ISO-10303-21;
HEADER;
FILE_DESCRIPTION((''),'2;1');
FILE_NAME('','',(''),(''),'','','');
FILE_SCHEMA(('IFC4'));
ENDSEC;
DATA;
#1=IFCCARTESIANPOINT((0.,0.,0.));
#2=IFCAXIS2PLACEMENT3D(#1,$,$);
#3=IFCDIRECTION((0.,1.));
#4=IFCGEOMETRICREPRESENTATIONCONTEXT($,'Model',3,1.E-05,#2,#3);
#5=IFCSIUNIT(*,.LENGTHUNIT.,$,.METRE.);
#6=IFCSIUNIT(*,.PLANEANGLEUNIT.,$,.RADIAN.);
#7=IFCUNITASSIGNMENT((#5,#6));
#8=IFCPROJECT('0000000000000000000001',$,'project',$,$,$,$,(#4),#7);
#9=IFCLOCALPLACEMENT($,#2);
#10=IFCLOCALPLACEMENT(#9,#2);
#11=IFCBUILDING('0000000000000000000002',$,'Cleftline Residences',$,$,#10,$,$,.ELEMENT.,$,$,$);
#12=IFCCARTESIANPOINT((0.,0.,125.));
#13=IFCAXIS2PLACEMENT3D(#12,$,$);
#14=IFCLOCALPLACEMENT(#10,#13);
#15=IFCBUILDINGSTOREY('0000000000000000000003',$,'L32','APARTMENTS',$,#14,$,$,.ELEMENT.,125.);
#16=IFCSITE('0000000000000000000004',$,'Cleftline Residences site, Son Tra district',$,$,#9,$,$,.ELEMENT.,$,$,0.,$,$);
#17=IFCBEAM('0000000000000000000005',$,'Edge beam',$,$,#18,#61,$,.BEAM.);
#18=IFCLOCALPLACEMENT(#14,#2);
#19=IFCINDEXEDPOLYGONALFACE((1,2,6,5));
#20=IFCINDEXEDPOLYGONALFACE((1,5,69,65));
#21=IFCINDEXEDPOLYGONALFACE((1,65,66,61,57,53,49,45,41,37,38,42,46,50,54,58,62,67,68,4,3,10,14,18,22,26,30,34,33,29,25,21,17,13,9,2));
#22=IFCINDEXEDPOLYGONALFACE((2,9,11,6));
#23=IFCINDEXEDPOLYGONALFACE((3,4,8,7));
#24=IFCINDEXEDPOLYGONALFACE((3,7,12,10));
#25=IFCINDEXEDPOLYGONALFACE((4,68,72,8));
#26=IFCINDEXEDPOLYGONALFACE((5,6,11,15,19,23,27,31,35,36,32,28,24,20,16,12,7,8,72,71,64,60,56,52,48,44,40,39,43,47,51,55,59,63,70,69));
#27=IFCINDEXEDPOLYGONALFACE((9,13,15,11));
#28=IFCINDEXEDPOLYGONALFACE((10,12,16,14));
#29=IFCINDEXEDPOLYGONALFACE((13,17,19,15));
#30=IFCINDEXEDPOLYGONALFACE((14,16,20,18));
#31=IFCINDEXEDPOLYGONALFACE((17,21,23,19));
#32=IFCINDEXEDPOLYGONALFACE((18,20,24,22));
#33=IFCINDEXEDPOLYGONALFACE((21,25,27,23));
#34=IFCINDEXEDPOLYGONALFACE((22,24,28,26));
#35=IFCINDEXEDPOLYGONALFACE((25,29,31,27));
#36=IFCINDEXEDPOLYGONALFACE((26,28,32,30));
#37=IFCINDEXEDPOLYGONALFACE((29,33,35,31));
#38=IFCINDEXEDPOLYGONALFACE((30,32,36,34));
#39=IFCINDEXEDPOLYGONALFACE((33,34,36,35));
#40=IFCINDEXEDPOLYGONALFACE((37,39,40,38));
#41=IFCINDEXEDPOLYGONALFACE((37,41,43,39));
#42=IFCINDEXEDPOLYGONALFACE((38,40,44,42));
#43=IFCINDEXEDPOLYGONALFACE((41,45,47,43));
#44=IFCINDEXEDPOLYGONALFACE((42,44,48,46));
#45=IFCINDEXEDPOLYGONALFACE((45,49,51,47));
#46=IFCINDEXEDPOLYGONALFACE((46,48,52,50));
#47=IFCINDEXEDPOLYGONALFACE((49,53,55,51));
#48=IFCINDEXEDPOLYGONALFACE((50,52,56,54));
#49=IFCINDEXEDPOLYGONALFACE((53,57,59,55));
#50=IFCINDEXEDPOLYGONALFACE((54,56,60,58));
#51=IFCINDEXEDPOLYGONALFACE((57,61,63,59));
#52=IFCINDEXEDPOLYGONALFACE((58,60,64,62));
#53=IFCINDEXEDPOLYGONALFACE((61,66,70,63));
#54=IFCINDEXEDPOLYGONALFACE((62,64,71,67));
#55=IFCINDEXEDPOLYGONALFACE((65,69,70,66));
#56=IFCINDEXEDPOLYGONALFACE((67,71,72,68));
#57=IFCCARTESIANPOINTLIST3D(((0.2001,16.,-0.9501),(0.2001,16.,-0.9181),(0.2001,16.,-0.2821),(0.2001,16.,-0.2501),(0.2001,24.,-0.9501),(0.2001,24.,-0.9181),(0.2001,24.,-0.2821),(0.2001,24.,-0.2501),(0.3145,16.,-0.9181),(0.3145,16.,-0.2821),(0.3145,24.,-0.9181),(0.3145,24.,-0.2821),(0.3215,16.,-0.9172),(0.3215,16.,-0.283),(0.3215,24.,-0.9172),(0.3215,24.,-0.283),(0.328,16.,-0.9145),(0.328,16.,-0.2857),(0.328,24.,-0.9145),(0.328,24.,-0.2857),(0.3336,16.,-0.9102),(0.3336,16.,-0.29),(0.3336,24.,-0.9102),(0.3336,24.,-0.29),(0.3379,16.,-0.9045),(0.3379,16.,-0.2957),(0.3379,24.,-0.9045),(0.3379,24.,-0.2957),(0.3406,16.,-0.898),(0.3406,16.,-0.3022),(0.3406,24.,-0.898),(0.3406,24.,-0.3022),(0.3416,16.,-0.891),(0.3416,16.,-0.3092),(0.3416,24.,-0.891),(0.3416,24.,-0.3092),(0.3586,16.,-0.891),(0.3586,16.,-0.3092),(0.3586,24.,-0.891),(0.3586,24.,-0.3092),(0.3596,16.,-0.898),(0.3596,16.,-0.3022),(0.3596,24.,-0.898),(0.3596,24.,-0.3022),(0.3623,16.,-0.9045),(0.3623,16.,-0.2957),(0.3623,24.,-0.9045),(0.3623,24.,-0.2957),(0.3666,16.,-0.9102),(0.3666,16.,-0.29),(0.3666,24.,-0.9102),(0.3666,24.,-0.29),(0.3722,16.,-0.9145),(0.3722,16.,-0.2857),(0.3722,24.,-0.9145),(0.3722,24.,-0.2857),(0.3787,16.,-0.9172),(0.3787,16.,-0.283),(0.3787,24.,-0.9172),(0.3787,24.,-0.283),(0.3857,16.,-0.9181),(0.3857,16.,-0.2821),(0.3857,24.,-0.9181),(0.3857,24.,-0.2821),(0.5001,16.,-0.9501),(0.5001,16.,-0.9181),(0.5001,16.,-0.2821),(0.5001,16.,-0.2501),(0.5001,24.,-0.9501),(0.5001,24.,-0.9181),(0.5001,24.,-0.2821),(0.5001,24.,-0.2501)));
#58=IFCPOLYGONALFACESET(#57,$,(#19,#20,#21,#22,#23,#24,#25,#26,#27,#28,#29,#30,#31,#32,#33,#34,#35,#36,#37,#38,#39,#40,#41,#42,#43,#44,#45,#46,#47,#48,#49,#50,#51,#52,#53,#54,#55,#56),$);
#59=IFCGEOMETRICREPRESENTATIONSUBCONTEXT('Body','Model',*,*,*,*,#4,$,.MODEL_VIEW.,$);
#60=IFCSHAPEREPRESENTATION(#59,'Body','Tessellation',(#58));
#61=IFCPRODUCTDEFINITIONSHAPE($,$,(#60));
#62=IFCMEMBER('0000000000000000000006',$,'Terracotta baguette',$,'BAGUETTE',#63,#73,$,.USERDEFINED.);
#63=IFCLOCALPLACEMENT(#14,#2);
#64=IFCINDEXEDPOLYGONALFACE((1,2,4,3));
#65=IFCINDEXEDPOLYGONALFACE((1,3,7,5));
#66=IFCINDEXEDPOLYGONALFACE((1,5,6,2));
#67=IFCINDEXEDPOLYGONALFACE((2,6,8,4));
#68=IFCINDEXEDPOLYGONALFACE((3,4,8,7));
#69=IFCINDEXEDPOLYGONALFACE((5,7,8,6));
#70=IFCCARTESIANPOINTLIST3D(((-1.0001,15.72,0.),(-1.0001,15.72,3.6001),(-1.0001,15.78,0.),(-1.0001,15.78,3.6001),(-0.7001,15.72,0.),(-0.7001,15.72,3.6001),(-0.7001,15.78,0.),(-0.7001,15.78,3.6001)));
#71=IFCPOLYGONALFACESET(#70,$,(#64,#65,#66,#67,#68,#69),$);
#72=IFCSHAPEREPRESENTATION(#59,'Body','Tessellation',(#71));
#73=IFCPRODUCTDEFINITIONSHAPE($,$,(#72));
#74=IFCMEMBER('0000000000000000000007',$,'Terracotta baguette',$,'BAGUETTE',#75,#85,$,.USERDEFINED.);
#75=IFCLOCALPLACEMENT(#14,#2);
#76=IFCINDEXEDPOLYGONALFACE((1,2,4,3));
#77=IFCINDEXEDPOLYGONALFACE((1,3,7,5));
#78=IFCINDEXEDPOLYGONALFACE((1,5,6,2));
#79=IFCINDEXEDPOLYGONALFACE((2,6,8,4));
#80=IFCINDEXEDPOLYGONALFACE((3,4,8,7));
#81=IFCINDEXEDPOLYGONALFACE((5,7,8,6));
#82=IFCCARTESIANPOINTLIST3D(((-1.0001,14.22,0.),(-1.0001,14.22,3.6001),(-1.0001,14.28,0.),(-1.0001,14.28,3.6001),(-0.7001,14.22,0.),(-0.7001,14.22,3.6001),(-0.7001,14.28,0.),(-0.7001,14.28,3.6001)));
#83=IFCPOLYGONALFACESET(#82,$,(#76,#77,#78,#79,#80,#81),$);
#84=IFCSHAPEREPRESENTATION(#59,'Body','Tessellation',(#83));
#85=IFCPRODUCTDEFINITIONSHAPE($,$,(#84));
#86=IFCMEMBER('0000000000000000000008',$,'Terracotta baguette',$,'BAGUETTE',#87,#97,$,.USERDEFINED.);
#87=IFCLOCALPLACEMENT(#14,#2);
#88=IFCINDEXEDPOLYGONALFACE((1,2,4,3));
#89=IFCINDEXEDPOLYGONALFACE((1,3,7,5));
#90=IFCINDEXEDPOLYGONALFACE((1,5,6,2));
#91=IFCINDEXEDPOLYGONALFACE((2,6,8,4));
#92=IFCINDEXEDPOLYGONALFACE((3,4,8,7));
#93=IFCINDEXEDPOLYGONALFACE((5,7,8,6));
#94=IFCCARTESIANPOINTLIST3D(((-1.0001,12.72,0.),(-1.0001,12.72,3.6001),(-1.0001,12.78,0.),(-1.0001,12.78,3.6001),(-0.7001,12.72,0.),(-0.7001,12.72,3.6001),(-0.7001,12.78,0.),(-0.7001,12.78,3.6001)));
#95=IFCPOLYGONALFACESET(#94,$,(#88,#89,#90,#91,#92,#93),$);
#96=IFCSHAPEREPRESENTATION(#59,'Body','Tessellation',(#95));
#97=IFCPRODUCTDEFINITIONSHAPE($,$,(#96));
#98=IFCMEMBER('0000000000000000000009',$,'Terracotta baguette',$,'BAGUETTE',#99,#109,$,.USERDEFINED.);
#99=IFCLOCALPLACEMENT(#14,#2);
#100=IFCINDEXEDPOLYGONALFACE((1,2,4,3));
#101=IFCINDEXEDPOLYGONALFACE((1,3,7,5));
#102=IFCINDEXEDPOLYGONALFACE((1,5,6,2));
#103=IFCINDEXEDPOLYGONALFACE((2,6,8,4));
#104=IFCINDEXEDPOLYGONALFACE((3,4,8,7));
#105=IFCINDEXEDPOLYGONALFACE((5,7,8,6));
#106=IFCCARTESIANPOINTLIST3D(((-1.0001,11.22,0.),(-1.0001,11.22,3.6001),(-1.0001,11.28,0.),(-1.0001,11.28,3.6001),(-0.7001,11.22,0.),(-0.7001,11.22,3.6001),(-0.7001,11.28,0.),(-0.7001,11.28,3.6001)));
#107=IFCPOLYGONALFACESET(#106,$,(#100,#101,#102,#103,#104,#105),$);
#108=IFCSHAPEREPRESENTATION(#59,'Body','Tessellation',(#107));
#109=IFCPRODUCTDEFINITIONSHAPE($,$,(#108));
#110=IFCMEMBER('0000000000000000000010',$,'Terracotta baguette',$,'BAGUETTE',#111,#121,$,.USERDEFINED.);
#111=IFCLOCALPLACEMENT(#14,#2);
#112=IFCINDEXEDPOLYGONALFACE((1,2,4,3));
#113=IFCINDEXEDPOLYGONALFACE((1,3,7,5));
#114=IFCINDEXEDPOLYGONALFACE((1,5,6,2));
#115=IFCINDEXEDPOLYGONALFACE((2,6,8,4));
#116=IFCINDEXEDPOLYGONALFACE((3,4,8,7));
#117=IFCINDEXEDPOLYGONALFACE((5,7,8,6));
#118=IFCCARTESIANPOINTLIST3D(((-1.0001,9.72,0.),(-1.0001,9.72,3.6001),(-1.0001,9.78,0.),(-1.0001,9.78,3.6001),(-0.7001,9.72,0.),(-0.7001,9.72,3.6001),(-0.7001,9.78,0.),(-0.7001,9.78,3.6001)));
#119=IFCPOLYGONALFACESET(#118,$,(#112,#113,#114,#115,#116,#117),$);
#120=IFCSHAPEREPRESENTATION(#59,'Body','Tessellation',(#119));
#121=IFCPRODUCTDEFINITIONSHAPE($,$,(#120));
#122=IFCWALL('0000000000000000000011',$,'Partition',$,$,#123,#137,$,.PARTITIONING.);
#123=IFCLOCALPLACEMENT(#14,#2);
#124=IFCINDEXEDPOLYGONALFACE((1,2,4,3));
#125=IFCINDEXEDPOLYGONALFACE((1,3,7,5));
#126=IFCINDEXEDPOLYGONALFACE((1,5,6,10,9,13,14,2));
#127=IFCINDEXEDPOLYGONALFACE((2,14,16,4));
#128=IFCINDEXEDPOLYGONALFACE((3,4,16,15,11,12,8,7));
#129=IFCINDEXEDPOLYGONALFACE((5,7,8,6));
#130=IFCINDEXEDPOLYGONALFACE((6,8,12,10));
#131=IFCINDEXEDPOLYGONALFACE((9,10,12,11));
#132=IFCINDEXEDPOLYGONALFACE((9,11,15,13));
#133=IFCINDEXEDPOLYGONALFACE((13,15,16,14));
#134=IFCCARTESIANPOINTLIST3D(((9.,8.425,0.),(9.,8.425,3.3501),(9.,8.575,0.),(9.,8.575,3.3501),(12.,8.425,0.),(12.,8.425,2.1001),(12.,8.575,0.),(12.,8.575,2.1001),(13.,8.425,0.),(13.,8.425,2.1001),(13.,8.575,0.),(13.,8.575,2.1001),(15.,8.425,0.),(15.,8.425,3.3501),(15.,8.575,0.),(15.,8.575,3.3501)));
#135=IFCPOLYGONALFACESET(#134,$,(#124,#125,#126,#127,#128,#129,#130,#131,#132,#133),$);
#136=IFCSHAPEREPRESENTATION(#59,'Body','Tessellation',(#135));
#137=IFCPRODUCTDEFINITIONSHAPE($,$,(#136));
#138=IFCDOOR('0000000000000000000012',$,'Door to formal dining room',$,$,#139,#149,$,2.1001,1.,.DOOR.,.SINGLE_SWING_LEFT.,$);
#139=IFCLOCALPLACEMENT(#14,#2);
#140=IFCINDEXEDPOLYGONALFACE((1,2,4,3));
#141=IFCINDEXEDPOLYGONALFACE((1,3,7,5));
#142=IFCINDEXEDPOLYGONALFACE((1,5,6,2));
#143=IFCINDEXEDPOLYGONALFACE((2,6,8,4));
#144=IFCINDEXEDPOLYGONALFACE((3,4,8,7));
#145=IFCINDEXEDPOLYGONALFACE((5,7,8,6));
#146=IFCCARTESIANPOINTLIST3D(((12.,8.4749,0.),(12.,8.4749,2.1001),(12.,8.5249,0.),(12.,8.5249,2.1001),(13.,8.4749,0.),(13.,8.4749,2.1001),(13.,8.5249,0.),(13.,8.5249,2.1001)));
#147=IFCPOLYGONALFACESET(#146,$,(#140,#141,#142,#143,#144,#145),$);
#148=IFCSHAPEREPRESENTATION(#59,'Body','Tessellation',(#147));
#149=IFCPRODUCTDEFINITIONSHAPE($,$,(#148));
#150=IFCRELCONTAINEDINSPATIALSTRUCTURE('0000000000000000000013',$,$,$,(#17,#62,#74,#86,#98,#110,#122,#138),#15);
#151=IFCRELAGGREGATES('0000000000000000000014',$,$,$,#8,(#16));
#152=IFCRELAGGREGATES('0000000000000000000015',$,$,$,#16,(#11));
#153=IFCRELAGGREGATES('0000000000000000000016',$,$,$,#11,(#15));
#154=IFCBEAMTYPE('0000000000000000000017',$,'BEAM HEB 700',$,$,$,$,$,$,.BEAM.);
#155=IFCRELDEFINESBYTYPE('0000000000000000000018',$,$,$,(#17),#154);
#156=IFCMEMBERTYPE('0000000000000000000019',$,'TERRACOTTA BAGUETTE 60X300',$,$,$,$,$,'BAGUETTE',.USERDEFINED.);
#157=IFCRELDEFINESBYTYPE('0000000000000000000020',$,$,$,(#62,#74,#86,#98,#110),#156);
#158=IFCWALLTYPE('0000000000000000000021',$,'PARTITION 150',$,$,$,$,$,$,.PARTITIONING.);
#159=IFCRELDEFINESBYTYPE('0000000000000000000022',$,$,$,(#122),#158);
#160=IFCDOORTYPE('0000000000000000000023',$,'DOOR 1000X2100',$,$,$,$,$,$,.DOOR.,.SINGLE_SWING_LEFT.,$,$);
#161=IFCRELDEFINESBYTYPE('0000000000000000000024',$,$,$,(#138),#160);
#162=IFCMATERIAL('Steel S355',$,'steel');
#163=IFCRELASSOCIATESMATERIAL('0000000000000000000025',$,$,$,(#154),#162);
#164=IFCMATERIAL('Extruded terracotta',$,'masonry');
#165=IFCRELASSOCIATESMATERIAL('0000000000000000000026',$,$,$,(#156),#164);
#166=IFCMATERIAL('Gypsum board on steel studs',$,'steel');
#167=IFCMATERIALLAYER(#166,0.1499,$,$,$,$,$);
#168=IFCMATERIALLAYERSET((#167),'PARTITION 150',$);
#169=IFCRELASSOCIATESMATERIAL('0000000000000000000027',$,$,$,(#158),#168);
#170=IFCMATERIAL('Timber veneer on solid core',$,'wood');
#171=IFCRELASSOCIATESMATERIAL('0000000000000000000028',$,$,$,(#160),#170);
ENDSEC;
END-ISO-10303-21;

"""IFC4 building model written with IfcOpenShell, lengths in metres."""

from ifc_helpers import new_model, si_unit, direction, frame, frame_2d, origin, origin_2d, place, context, subcontext, project, spatial, rectangle, i_section, extrude, material, layer, layer_set, material_profile, profile_set, type_object, element, fill, save


model = new_model("IFC4")

# Units and contexts
model_context = context("Model", 3, precision=1e-05, world=origin(), true_north=direction((0.0, 1.0)))
body_context = subcontext(model_context, "Body", "Model", "MODEL_VIEW")
ifc_project = project(units=[si_unit("LENGTHUNIT", "METRE"), si_unit("PLANEANGLEUNIT", "RADIAN")], contexts=[model_context])

# Site, building, storey
site_placement = place(None, origin())
site = spatial("IfcSite", under=ifc_project, at=site_placement, Name="Cleftline Residences site, Son Tra district", CompositionType="ELEMENT", RefElevation=0.0)
building_placement = place(site_placement, origin())
building = spatial("IfcBuilding", under=site, at=building_placement, Name="Cleftline Residences", CompositionType="ELEMENT")
storey_placement = place(building_placement, frame((0.0, 0.0, 125.0)))
storey = spatial("IfcBuildingStorey", under=building, at=storey_placement, Name="L32", Description="APARTMENTS", CompositionType="ELEMENT", Elevation=125.0)

# Beam
ifc_material_1 = material(Name="Steel S355", Category="steel")
ifc_material_profile_1 = material_profile(ifc_material_1, i_section(OverallWidth=0.3, OverallDepth=0.7, WebThickness=0.0171, FlangeThickness=0.032, FilletRadius=0.0271, at=origin_2d()))
ifc_profile_set_1 = profile_set([ifc_material_profile_1], Name="Steel S355")
beam_type = type_object("IfcBeamType", Name="BEAM HEB 700", PredefinedType="BEAM", material=ifc_profile_set_1)
beam_placement = place(storey_placement, frame((0.3501, 16.0, -0.6001), z_axis=(0.0, 1.0, 0.0), x_axis=(-1.0, 0.0, 0.0)))
element("IfcBeam", 1, at=beam_placement, inside=storey, type_object=beam_type, Name="Edge beam", PredefinedType="BEAM", context=body_context, shape_type="SweptSolid", body=[
    extrude(i_section(OverallWidth=0.3, OverallDepth=0.7, WebThickness=0.0171, FlangeThickness=0.032, FilletRadius=0.0271, at=origin_2d()), origin(), (0.0, 0.0, 1.0), 8.0),
])

# Members
ifc_material_2 = material(Name="Extruded terracotta", Category="masonry")
ifc_material_profile_2 = material_profile(ifc_material_2, rectangle(XDim=0.0601, YDim=0.3, at=origin_2d()))
ifc_profile_set_2 = profile_set([ifc_material_profile_2], Name="Extruded terracotta")
member_type_1 = type_object("IfcMemberType", Name="TERRACOTTA BAGUETTE 60X300", ElementType="BAGUETTE", PredefinedType="USERDEFINED", material=ifc_profile_set_2)
for number, where, z_axis, x_axis, name in (
    (2, (-0.8501, 15.75, 0.0), (0.0, 0.0, 1.0), (0.0, 1.0, 0.0), "Terracotta baguette"),
    (3, (-0.8501, 14.25, 0.0), (0.0, 0.0, 1.0), (0.0, 1.0, 0.0), "Terracotta baguette"),
    (4, (-0.8501, 12.75, 0.0), (0.0, 0.0, 1.0), (0.0, 1.0, 0.0), "Terracotta baguette"),
    (5, (-0.8501, 11.25, 0.0), (0.0, 0.0, 1.0), (0.0, 1.0, 0.0), "Terracotta baguette"),
    (6, (-0.8501, 9.75, 0.0), (0.0, 0.0, 1.0), (0.0, 1.0, 0.0), "Terracotta baguette"),
):
    element("IfcMember", number, at=place(storey_placement, frame(where, z_axis=z_axis, x_axis=x_axis)), inside=storey, type_object=member_type_1, Name=name, ObjectType="BAGUETTE", PredefinedType="USERDEFINED", context=body_context, shape_type="SweptSolid", body=[
        extrude(rectangle(XDim=0.0601, YDim=0.3, at=origin_2d()), origin(), (0.0, 0.0, 1.0), 3.6001),
    ])

# Wall, opening, door
ifc_material_3 = material(Name="Gypsum board on steel studs", Category="steel")
ifc_layer = layer(ifc_material_3, 0.1499)
ifc_layer_set = layer_set([ifc_layer], Name="PARTITION 150")
wall_type = type_object("IfcWallType", Name="PARTITION 150", PredefinedType="PARTITIONING", material=ifc_layer_set)
wall_1_placement = place(storey_placement, frame((9.0, 8.5, 0.0), z_axis=(0.0, 0.0, 1.0), x_axis=(1.0, 0.0, 0.0)))
wall_1 = element("IfcWall", 7, at=wall_1_placement, inside=storey, type_object=wall_type, Name="Partition", PredefinedType="PARTITIONING", context=body_context, shape_type="SweptSolid", body=[
    extrude(rectangle(XDim=6.0, YDim=0.1499, at=frame_2d((3.0, 0.0))), origin(), (0.0, 0.0, 1.0), 3.3501),
])
opening_1_placement = place(wall_1_placement, frame((3.0, 0.0, 0.0)))
opening_1 = element("IfcOpeningElement", 8, at=opening_1_placement, cuts=wall_1, PredefinedType="OPENING", context=body_context, shape_type="SweptSolid", body=[
    extrude(rectangle(XDim=1.0, YDim=2.1001, at=frame_2d((0.5, 1.05))), frame((0.0, 0.085, 0.0), z_axis=(0.0, -1.0, 0.0), x_axis=(1.0, 0.0, 0.0)), (0.0, 0.0, 1.0), 0.1699),
])
ifc_material_4 = material(Name="Timber veneer on solid core", Category="wood")
door_type_1 = type_object("IfcDoorType", Name="DOOR 1000X2100", OperationType="SINGLE_SWING_LEFT", PredefinedType="DOOR", material=ifc_material_4)
door_1_placement = place(opening_1_placement, origin())
door_1 = element("IfcDoor", 9, at=door_1_placement, inside=storey, type_object=door_type_1, Name="Door to formal dining room", OperationType="SINGLE_SWING_LEFT", OverallHeight=2.1001, OverallWidth=1.0, PredefinedType="DOOR", context=body_context, shape_type="SweptSolid", body=[
    extrude(rectangle(XDim=1.0, YDim=2.1001, at=frame_2d((0.5, 1.05))), frame((0.0, 0.0249, 0.0), z_axis=(0.0, -1.0, 0.0), x_axis=(1.0, 0.0, 0.0)), (0.0, 0.0, 1.0), 0.05),
])
fill(opening_1, door_1)

save(model, "model.ifc")
